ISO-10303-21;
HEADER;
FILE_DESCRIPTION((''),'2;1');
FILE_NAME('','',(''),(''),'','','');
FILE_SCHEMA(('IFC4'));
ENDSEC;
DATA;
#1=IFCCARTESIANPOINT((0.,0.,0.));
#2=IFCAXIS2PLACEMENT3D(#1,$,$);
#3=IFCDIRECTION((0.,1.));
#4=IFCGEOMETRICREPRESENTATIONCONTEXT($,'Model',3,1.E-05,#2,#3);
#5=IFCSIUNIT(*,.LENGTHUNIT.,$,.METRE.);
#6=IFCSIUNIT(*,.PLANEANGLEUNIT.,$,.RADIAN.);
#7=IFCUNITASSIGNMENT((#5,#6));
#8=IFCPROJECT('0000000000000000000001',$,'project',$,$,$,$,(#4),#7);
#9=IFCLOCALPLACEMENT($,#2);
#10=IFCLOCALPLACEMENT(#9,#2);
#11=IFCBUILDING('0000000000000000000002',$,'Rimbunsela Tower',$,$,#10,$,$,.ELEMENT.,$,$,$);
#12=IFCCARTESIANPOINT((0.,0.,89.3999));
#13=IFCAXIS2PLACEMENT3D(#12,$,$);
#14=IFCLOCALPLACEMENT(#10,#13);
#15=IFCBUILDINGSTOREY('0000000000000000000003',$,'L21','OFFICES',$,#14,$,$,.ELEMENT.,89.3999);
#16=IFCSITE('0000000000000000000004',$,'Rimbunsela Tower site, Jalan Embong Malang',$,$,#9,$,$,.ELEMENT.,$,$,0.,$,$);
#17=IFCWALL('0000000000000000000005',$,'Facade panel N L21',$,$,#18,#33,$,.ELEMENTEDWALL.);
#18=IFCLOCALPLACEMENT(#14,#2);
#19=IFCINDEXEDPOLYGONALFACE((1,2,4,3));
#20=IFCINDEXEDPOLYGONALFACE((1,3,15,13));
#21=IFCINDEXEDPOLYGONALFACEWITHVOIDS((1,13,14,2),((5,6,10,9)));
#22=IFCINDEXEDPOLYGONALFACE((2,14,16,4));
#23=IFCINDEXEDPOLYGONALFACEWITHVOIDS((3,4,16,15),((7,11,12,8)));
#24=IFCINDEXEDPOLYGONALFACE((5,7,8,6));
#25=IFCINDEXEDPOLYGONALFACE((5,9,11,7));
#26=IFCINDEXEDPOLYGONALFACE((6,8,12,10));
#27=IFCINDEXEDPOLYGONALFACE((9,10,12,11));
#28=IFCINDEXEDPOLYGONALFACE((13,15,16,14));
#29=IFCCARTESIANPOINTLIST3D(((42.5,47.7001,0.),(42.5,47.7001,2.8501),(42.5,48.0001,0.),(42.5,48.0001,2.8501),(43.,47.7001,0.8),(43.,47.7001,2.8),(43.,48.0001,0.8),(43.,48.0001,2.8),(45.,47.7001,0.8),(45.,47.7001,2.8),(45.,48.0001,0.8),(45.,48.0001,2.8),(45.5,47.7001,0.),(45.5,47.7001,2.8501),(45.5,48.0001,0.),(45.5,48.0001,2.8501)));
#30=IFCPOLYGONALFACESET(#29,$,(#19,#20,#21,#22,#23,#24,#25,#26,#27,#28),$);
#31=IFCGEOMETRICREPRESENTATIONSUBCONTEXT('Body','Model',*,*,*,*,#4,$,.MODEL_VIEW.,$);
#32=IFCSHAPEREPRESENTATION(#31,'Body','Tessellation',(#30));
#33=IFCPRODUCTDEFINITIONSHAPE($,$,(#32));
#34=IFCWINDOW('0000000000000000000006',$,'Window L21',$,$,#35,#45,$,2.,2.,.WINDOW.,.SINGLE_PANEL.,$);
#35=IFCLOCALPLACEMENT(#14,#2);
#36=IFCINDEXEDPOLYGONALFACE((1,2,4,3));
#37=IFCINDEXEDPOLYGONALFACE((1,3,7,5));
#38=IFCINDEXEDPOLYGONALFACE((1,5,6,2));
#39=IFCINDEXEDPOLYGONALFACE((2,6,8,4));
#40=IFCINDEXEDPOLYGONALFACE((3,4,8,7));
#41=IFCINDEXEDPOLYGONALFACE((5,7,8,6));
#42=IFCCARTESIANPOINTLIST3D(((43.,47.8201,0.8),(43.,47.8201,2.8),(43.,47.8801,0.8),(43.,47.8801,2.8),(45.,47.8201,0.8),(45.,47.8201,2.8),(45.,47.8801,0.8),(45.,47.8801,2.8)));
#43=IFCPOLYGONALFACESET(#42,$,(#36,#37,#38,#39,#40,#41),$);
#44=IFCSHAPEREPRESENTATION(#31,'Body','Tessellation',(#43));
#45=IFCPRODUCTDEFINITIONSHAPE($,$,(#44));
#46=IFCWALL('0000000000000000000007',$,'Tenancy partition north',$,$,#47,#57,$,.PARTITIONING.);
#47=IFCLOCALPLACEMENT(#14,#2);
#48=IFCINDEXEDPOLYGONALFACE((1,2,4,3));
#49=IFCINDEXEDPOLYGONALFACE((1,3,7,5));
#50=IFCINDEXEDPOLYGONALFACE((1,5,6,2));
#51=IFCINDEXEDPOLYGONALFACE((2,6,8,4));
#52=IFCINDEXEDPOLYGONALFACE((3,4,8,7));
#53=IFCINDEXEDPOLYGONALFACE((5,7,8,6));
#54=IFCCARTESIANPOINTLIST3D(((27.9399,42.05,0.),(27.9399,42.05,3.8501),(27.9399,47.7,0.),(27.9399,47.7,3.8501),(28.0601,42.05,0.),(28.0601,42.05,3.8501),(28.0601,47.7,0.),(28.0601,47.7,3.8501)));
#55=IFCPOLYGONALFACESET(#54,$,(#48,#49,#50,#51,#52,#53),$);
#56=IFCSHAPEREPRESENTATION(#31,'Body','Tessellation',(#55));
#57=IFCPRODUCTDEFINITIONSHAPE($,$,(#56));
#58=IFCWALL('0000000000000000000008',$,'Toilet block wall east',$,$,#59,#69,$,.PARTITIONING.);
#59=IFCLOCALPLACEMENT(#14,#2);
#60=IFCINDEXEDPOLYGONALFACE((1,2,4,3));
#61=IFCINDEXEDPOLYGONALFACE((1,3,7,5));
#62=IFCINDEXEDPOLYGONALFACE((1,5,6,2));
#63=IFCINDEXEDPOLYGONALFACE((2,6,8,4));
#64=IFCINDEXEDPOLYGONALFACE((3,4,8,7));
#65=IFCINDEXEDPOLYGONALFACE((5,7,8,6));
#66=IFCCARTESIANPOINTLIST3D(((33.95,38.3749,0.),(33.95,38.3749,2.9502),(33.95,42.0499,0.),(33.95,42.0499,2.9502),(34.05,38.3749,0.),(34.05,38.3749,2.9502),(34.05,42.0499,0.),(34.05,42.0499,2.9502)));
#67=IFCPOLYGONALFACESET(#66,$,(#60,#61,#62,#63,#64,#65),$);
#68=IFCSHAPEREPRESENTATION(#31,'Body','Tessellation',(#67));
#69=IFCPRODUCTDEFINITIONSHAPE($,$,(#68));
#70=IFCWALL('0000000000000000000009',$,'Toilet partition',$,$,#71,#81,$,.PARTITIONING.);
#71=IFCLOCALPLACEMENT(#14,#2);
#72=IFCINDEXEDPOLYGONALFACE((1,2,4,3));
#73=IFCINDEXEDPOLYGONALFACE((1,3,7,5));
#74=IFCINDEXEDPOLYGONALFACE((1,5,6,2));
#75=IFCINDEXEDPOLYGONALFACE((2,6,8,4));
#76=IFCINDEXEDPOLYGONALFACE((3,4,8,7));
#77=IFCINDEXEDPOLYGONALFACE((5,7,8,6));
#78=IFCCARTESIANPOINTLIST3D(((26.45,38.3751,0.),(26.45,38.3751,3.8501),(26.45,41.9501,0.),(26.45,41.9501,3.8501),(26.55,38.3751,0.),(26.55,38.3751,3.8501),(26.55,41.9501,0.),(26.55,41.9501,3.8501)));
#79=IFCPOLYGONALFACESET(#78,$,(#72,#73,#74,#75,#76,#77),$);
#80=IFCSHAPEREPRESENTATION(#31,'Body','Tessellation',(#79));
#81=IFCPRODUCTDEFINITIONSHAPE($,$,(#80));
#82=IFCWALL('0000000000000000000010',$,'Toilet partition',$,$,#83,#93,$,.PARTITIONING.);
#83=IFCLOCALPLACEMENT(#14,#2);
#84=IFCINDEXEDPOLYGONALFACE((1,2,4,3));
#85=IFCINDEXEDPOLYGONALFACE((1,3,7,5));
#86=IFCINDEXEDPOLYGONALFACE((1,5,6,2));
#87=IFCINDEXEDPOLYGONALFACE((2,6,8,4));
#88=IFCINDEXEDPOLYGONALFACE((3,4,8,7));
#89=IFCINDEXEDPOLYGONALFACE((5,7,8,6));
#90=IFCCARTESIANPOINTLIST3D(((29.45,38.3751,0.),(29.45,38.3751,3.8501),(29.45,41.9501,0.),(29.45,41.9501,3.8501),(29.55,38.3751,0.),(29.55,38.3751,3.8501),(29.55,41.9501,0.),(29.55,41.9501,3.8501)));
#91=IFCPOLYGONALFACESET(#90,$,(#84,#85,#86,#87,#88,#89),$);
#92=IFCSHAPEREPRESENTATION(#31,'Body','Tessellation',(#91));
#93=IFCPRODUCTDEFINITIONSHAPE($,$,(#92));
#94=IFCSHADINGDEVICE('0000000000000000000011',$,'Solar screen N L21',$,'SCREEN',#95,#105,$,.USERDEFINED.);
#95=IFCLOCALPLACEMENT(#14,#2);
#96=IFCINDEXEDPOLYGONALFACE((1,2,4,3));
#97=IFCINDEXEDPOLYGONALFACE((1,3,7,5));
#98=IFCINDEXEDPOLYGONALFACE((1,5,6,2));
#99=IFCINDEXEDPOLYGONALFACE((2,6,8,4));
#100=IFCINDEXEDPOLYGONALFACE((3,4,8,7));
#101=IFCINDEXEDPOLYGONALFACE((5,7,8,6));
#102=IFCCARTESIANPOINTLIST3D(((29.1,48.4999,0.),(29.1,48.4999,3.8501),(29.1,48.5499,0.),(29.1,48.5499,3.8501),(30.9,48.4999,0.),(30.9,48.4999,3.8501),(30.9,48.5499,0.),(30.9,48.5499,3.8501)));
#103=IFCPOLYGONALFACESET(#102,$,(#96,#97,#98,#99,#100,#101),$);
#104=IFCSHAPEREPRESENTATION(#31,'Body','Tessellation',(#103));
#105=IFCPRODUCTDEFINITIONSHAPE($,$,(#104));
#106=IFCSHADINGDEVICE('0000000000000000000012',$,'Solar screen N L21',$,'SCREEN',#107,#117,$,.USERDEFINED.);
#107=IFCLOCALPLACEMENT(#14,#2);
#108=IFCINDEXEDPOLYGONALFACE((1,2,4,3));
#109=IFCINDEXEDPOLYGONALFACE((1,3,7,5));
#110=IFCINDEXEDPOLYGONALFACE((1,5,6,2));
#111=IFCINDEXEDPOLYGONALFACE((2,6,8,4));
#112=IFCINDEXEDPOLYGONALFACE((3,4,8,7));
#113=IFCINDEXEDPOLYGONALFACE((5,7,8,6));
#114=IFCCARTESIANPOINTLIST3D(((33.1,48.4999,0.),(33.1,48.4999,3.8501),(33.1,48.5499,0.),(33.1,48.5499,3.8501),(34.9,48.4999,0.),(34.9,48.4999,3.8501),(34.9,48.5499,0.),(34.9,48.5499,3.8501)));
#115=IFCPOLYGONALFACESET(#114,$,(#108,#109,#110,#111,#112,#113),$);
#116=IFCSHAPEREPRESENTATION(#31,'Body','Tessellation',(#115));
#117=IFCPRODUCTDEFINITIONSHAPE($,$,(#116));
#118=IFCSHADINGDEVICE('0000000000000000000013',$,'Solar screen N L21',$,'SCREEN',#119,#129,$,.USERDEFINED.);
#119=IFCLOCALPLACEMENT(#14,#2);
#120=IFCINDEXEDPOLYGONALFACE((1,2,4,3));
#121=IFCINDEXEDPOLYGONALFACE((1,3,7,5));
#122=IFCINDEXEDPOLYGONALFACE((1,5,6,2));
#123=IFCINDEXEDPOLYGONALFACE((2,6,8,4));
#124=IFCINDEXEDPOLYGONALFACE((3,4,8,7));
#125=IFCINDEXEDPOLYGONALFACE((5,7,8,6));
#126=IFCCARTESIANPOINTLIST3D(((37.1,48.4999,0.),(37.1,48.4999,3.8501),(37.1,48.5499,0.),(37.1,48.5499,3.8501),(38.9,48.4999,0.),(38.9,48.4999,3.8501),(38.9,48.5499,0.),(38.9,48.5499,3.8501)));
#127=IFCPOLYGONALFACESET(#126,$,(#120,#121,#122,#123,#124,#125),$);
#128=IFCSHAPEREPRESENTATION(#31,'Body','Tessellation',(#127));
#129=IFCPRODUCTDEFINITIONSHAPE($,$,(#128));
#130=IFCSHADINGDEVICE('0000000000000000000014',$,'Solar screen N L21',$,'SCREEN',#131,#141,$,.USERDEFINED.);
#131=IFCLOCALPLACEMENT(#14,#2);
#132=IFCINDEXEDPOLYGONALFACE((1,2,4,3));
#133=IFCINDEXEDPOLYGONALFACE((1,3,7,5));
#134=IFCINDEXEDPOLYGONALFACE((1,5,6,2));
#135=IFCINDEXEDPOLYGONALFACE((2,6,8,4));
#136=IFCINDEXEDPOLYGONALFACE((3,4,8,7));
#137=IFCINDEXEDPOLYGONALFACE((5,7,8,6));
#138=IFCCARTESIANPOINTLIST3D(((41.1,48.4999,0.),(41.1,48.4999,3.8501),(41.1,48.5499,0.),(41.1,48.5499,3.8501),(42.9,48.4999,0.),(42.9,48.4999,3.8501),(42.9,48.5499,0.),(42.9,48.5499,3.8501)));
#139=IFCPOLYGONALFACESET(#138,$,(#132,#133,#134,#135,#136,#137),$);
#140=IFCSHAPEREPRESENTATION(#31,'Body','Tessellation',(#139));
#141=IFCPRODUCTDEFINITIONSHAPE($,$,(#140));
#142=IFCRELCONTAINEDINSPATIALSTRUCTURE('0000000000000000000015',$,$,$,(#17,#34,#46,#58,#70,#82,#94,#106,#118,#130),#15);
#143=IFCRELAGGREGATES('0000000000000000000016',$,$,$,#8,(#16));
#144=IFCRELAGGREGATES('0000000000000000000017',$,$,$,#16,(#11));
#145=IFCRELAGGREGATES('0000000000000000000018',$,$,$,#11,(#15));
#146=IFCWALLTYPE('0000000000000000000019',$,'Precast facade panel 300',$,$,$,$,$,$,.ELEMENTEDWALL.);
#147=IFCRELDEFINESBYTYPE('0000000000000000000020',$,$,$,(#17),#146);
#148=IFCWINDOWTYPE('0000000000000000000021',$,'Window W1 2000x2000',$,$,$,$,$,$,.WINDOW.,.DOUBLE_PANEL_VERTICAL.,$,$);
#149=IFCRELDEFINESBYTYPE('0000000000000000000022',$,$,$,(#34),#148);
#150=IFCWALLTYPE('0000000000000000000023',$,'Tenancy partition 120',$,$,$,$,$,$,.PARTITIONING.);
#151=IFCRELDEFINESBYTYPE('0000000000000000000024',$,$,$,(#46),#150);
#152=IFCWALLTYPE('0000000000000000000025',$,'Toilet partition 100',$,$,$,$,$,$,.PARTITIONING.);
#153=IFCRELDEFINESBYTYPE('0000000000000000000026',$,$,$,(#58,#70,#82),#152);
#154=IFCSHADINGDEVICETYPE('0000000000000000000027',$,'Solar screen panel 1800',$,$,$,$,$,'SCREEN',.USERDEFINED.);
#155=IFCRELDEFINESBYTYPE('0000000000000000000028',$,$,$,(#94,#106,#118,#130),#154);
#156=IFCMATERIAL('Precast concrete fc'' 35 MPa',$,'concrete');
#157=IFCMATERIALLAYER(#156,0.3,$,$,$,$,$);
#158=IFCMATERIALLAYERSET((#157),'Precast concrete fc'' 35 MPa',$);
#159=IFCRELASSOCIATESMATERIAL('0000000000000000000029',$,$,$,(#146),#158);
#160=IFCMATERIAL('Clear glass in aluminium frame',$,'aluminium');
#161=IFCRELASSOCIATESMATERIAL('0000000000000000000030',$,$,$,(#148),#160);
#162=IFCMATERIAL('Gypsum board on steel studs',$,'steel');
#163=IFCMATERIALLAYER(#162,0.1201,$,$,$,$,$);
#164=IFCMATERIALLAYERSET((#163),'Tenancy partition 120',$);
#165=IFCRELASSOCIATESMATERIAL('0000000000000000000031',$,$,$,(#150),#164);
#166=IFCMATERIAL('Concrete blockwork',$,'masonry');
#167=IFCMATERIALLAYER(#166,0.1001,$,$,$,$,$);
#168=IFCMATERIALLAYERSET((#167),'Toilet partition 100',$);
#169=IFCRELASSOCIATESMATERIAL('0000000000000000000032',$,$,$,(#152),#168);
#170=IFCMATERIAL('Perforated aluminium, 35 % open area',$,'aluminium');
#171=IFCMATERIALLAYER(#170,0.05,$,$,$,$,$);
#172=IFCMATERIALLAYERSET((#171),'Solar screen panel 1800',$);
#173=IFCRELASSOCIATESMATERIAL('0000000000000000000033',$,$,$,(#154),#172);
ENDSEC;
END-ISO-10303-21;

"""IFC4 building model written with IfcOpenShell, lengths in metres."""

from ifc_helpers import new_model, si_unit, direction, frame, frame_2d, origin, origin_2d, place, context, subcontext, project, spatial, rectangle, extrude, material, layer, layer_set, type_object, element, fill, save


model = new_model("IFC4")

# Units and contexts
model_context = context("Model", 3, precision=1e-05, world=origin(), true_north=direction((0.0, 1.0)))
body_context = subcontext(model_context, "Body", "Model", "MODEL_VIEW")
ifc_project = project(units=[si_unit("LENGTHUNIT", "METRE"), si_unit("PLANEANGLEUNIT", "RADIAN")], contexts=[model_context])

# Site, building, storey
site_placement = place(None, origin())
site = spatial("IfcSite", under=ifc_project, at=site_placement, Name="Rimbunsela Tower site, Jalan Embong Malang", CompositionType="ELEMENT", RefElevation=0.0)
building_placement = place(site_placement, origin())
building = spatial("IfcBuilding", under=site, at=building_placement, Name="Rimbunsela Tower", CompositionType="ELEMENT")
storey_placement = place(building_placement, frame((0.0, 0.0, 89.3999)))
storey = spatial("IfcBuildingStorey", under=building, at=storey_placement, Name="L21", Description="OFFICES", CompositionType="ELEMENT", Elevation=89.3999)

# Shared definitions
ifc_material_1 = material(Name="Precast concrete fc' 35 MPa", Category="concrete")
ifc_layer_1 = layer(ifc_material_1, 0.3)
ifc_layer_set_1 = layer_set([ifc_layer_1], Name="Precast concrete fc' 35 MPa")
wall_type_1 = type_object("IfcWallType", Name="Precast facade panel 300", PredefinedType="ELEMENTEDWALL", material=ifc_layer_set_1)

# Wall, opening, window
ifc_material_2 = material(Name="Clear glass in aluminium frame", Category="aluminium")
window_type_1 = type_object("IfcWindowType", Name="Window W1 2000x2000", PartitioningType="DOUBLE_PANEL_VERTICAL", PredefinedType="WINDOW", material=ifc_material_2)
wall_1_placement = place(storey_placement, frame((45.5, 47.8501, 0.0), z_axis=(0.0, 0.0, 1.0), x_axis=(-1.0, 0.0, 0.0)))
wall_1 = element("IfcWall", 1, at=wall_1_placement, inside=storey, type_object=wall_type_1, Name="Facade panel N L21", PredefinedType="ELEMENTEDWALL", context=body_context, shape_type="SweptSolid", body=[
    extrude(rectangle(XDim=3.0, YDim=0.3, at=frame_2d((1.5, 0.0))), origin(), (0.0, 0.0, 1.0), 2.8501),
])
opening_1_placement = place(wall_1_placement, frame((0.5, 0.0, 0.8)))
opening_1 = element("IfcOpeningElement", 2, at=opening_1_placement, cuts=wall_1, PredefinedType="OPENING", context=body_context, shape_type="SweptSolid", body=[
    extrude(rectangle(XDim=2.0, YDim=2.0, at=frame_2d((1.0, 1.0))), frame((0.0, 0.1599, 0.0), z_axis=(0.0, -1.0, 0.0), x_axis=(1.0, 0.0, 0.0)), (0.0, 0.0, 1.0), 0.3201),
])
window_1_placement = place(opening_1_placement, origin())
window_1 = element("IfcWindow", 3, at=window_1_placement, inside=storey, type_object=window_type_1, Name="Window L21", OverallHeight=2.0, OverallWidth=2.0, PartitioningType="SINGLE_PANEL", PredefinedType="WINDOW", context=body_context, shape_type="SweptSolid", body=[
    extrude(rectangle(XDim=2.0, YDim=2.0, at=frame_2d((1.0, 1.0))), frame((0.0, 0.03, 0.0), z_axis=(0.0, -1.0, 0.0), x_axis=(1.0, 0.0, 0.0)), (0.0, 0.0, 1.0), 0.0601),
])
fill(opening_1, window_1)

# Walls
ifc_material_3 = material(Name="Gypsum board on steel studs", Category="steel")
ifc_layer_2 = layer(ifc_material_3, 0.1201)
ifc_layer_set_2 = layer_set([ifc_layer_2], Name="Tenancy partition 120")
wall_type_2 = type_object("IfcWallType", Name="Tenancy partition 120", PredefinedType="PARTITIONING", material=ifc_layer_set_2)
wall_2_placement = place(storey_placement, frame((28.0, 42.05, 0.0), z_axis=(0.0, 0.0, 1.0), x_axis=(0.0, 1.0, 0.0)))
element("IfcWall", 4, at=wall_2_placement, inside=storey, type_object=wall_type_2, Name="Tenancy partition north", PredefinedType="PARTITIONING", context=body_context, shape_type="SweptSolid", body=[
    extrude(rectangle(XDim=5.6499, YDim=0.1201, at=frame_2d((2.825, 0.0))), origin(), (0.0, 0.0, 1.0), 3.8501),
])
ifc_material_4 = material(Name="Concrete blockwork", Category="masonry")
ifc_layer_3 = layer(ifc_material_4, 0.1001)
ifc_layer_set_3 = layer_set([ifc_layer_3], Name="Toilet partition 100")
wall_type_3 = type_object("IfcWallType", Name="Toilet partition 100", PredefinedType="PARTITIONING", material=ifc_layer_set_3)
wall_3_placement = place(storey_placement, frame((34.0, 38.375, 0.0), z_axis=(0.0, 0.0, 1.0), x_axis=(0.0, 1.0, 0.0)))
element("IfcWall", 5, at=wall_3_placement, inside=storey, type_object=wall_type_3, Name="Toilet block wall east", PredefinedType="PARTITIONING", context=body_context, shape_type="SweptSolid", body=[
    extrude(rectangle(XDim=3.675, YDim=0.1001, at=frame_2d((1.8374, 0.0))), origin(), (0.0, 0.0, 1.0), 2.9502),
])
for number, where, z_axis, x_axis, name in (
    (6, (26.5, 38.375, 0.0), (0.0, 0.0, 1.0), (0.0, 1.0, 0.0), "Toilet partition"),
    (7, (29.5, 38.375, 0.0), (0.0, 0.0, 1.0), (0.0, 1.0, 0.0), "Toilet partition"),
):
    element("IfcWall", number, at=place(storey_placement, frame(where, z_axis=z_axis, x_axis=x_axis)), inside=storey, type_object=wall_type_3, Name=name, PredefinedType="PARTITIONING", context=body_context, shape_type="SweptSolid", body=[
        extrude(rectangle(XDim=3.575, YDim=0.1001, at=frame_2d((1.7876, 0.0))), origin(), (0.0, 0.0, 1.0), 3.8501),
    ])

# Shading devices
ifc_material_5 = material(Name="Perforated aluminium, 35 % open area", Category="aluminium")
ifc_layer_4 = layer(ifc_material_5, 0.05)
ifc_layer_set_4 = layer_set([ifc_layer_4], Name="Solar screen panel 1800")
shading_device_type = type_object("IfcShadingDeviceType", Name="Solar screen panel 1800", ElementType="SCREEN", PredefinedType="USERDEFINED", material=ifc_layer_set_4)
for number, where, z_axis, x_axis, name in (
    (8, (30.0, 48.5249, 0.0), (0.0, 0.0, 1.0), (1.0, 0.0, 0.0), "Solar screen N L21"),
    (9, (34.0, 48.5249, 0.0), (0.0, 0.0, 1.0), (1.0, 0.0, 0.0), "Solar screen N L21"),
    (10, (38.0, 48.5249, 0.0), (0.0, 0.0, 1.0), (1.0, 0.0, 0.0), "Solar screen N L21"),
    (11, (42.0, 48.5249, 0.0), (0.0, 0.0, 1.0), (1.0, 0.0, 0.0), "Solar screen N L21"),
):
    element("IfcShadingDevice", number, at=place(storey_placement, frame(where, z_axis=z_axis, x_axis=x_axis)), inside=storey, type_object=shading_device_type, Name=name, ObjectType="SCREEN", PredefinedType="USERDEFINED", context=body_context, shape_type="SweptSolid", body=[
        extrude(rectangle(XDim=1.8, YDim=0.05, at=origin_2d()), origin(), (0.0, 0.0, 1.0), 3.8501),
    ])

save(model, "model.ifc")
